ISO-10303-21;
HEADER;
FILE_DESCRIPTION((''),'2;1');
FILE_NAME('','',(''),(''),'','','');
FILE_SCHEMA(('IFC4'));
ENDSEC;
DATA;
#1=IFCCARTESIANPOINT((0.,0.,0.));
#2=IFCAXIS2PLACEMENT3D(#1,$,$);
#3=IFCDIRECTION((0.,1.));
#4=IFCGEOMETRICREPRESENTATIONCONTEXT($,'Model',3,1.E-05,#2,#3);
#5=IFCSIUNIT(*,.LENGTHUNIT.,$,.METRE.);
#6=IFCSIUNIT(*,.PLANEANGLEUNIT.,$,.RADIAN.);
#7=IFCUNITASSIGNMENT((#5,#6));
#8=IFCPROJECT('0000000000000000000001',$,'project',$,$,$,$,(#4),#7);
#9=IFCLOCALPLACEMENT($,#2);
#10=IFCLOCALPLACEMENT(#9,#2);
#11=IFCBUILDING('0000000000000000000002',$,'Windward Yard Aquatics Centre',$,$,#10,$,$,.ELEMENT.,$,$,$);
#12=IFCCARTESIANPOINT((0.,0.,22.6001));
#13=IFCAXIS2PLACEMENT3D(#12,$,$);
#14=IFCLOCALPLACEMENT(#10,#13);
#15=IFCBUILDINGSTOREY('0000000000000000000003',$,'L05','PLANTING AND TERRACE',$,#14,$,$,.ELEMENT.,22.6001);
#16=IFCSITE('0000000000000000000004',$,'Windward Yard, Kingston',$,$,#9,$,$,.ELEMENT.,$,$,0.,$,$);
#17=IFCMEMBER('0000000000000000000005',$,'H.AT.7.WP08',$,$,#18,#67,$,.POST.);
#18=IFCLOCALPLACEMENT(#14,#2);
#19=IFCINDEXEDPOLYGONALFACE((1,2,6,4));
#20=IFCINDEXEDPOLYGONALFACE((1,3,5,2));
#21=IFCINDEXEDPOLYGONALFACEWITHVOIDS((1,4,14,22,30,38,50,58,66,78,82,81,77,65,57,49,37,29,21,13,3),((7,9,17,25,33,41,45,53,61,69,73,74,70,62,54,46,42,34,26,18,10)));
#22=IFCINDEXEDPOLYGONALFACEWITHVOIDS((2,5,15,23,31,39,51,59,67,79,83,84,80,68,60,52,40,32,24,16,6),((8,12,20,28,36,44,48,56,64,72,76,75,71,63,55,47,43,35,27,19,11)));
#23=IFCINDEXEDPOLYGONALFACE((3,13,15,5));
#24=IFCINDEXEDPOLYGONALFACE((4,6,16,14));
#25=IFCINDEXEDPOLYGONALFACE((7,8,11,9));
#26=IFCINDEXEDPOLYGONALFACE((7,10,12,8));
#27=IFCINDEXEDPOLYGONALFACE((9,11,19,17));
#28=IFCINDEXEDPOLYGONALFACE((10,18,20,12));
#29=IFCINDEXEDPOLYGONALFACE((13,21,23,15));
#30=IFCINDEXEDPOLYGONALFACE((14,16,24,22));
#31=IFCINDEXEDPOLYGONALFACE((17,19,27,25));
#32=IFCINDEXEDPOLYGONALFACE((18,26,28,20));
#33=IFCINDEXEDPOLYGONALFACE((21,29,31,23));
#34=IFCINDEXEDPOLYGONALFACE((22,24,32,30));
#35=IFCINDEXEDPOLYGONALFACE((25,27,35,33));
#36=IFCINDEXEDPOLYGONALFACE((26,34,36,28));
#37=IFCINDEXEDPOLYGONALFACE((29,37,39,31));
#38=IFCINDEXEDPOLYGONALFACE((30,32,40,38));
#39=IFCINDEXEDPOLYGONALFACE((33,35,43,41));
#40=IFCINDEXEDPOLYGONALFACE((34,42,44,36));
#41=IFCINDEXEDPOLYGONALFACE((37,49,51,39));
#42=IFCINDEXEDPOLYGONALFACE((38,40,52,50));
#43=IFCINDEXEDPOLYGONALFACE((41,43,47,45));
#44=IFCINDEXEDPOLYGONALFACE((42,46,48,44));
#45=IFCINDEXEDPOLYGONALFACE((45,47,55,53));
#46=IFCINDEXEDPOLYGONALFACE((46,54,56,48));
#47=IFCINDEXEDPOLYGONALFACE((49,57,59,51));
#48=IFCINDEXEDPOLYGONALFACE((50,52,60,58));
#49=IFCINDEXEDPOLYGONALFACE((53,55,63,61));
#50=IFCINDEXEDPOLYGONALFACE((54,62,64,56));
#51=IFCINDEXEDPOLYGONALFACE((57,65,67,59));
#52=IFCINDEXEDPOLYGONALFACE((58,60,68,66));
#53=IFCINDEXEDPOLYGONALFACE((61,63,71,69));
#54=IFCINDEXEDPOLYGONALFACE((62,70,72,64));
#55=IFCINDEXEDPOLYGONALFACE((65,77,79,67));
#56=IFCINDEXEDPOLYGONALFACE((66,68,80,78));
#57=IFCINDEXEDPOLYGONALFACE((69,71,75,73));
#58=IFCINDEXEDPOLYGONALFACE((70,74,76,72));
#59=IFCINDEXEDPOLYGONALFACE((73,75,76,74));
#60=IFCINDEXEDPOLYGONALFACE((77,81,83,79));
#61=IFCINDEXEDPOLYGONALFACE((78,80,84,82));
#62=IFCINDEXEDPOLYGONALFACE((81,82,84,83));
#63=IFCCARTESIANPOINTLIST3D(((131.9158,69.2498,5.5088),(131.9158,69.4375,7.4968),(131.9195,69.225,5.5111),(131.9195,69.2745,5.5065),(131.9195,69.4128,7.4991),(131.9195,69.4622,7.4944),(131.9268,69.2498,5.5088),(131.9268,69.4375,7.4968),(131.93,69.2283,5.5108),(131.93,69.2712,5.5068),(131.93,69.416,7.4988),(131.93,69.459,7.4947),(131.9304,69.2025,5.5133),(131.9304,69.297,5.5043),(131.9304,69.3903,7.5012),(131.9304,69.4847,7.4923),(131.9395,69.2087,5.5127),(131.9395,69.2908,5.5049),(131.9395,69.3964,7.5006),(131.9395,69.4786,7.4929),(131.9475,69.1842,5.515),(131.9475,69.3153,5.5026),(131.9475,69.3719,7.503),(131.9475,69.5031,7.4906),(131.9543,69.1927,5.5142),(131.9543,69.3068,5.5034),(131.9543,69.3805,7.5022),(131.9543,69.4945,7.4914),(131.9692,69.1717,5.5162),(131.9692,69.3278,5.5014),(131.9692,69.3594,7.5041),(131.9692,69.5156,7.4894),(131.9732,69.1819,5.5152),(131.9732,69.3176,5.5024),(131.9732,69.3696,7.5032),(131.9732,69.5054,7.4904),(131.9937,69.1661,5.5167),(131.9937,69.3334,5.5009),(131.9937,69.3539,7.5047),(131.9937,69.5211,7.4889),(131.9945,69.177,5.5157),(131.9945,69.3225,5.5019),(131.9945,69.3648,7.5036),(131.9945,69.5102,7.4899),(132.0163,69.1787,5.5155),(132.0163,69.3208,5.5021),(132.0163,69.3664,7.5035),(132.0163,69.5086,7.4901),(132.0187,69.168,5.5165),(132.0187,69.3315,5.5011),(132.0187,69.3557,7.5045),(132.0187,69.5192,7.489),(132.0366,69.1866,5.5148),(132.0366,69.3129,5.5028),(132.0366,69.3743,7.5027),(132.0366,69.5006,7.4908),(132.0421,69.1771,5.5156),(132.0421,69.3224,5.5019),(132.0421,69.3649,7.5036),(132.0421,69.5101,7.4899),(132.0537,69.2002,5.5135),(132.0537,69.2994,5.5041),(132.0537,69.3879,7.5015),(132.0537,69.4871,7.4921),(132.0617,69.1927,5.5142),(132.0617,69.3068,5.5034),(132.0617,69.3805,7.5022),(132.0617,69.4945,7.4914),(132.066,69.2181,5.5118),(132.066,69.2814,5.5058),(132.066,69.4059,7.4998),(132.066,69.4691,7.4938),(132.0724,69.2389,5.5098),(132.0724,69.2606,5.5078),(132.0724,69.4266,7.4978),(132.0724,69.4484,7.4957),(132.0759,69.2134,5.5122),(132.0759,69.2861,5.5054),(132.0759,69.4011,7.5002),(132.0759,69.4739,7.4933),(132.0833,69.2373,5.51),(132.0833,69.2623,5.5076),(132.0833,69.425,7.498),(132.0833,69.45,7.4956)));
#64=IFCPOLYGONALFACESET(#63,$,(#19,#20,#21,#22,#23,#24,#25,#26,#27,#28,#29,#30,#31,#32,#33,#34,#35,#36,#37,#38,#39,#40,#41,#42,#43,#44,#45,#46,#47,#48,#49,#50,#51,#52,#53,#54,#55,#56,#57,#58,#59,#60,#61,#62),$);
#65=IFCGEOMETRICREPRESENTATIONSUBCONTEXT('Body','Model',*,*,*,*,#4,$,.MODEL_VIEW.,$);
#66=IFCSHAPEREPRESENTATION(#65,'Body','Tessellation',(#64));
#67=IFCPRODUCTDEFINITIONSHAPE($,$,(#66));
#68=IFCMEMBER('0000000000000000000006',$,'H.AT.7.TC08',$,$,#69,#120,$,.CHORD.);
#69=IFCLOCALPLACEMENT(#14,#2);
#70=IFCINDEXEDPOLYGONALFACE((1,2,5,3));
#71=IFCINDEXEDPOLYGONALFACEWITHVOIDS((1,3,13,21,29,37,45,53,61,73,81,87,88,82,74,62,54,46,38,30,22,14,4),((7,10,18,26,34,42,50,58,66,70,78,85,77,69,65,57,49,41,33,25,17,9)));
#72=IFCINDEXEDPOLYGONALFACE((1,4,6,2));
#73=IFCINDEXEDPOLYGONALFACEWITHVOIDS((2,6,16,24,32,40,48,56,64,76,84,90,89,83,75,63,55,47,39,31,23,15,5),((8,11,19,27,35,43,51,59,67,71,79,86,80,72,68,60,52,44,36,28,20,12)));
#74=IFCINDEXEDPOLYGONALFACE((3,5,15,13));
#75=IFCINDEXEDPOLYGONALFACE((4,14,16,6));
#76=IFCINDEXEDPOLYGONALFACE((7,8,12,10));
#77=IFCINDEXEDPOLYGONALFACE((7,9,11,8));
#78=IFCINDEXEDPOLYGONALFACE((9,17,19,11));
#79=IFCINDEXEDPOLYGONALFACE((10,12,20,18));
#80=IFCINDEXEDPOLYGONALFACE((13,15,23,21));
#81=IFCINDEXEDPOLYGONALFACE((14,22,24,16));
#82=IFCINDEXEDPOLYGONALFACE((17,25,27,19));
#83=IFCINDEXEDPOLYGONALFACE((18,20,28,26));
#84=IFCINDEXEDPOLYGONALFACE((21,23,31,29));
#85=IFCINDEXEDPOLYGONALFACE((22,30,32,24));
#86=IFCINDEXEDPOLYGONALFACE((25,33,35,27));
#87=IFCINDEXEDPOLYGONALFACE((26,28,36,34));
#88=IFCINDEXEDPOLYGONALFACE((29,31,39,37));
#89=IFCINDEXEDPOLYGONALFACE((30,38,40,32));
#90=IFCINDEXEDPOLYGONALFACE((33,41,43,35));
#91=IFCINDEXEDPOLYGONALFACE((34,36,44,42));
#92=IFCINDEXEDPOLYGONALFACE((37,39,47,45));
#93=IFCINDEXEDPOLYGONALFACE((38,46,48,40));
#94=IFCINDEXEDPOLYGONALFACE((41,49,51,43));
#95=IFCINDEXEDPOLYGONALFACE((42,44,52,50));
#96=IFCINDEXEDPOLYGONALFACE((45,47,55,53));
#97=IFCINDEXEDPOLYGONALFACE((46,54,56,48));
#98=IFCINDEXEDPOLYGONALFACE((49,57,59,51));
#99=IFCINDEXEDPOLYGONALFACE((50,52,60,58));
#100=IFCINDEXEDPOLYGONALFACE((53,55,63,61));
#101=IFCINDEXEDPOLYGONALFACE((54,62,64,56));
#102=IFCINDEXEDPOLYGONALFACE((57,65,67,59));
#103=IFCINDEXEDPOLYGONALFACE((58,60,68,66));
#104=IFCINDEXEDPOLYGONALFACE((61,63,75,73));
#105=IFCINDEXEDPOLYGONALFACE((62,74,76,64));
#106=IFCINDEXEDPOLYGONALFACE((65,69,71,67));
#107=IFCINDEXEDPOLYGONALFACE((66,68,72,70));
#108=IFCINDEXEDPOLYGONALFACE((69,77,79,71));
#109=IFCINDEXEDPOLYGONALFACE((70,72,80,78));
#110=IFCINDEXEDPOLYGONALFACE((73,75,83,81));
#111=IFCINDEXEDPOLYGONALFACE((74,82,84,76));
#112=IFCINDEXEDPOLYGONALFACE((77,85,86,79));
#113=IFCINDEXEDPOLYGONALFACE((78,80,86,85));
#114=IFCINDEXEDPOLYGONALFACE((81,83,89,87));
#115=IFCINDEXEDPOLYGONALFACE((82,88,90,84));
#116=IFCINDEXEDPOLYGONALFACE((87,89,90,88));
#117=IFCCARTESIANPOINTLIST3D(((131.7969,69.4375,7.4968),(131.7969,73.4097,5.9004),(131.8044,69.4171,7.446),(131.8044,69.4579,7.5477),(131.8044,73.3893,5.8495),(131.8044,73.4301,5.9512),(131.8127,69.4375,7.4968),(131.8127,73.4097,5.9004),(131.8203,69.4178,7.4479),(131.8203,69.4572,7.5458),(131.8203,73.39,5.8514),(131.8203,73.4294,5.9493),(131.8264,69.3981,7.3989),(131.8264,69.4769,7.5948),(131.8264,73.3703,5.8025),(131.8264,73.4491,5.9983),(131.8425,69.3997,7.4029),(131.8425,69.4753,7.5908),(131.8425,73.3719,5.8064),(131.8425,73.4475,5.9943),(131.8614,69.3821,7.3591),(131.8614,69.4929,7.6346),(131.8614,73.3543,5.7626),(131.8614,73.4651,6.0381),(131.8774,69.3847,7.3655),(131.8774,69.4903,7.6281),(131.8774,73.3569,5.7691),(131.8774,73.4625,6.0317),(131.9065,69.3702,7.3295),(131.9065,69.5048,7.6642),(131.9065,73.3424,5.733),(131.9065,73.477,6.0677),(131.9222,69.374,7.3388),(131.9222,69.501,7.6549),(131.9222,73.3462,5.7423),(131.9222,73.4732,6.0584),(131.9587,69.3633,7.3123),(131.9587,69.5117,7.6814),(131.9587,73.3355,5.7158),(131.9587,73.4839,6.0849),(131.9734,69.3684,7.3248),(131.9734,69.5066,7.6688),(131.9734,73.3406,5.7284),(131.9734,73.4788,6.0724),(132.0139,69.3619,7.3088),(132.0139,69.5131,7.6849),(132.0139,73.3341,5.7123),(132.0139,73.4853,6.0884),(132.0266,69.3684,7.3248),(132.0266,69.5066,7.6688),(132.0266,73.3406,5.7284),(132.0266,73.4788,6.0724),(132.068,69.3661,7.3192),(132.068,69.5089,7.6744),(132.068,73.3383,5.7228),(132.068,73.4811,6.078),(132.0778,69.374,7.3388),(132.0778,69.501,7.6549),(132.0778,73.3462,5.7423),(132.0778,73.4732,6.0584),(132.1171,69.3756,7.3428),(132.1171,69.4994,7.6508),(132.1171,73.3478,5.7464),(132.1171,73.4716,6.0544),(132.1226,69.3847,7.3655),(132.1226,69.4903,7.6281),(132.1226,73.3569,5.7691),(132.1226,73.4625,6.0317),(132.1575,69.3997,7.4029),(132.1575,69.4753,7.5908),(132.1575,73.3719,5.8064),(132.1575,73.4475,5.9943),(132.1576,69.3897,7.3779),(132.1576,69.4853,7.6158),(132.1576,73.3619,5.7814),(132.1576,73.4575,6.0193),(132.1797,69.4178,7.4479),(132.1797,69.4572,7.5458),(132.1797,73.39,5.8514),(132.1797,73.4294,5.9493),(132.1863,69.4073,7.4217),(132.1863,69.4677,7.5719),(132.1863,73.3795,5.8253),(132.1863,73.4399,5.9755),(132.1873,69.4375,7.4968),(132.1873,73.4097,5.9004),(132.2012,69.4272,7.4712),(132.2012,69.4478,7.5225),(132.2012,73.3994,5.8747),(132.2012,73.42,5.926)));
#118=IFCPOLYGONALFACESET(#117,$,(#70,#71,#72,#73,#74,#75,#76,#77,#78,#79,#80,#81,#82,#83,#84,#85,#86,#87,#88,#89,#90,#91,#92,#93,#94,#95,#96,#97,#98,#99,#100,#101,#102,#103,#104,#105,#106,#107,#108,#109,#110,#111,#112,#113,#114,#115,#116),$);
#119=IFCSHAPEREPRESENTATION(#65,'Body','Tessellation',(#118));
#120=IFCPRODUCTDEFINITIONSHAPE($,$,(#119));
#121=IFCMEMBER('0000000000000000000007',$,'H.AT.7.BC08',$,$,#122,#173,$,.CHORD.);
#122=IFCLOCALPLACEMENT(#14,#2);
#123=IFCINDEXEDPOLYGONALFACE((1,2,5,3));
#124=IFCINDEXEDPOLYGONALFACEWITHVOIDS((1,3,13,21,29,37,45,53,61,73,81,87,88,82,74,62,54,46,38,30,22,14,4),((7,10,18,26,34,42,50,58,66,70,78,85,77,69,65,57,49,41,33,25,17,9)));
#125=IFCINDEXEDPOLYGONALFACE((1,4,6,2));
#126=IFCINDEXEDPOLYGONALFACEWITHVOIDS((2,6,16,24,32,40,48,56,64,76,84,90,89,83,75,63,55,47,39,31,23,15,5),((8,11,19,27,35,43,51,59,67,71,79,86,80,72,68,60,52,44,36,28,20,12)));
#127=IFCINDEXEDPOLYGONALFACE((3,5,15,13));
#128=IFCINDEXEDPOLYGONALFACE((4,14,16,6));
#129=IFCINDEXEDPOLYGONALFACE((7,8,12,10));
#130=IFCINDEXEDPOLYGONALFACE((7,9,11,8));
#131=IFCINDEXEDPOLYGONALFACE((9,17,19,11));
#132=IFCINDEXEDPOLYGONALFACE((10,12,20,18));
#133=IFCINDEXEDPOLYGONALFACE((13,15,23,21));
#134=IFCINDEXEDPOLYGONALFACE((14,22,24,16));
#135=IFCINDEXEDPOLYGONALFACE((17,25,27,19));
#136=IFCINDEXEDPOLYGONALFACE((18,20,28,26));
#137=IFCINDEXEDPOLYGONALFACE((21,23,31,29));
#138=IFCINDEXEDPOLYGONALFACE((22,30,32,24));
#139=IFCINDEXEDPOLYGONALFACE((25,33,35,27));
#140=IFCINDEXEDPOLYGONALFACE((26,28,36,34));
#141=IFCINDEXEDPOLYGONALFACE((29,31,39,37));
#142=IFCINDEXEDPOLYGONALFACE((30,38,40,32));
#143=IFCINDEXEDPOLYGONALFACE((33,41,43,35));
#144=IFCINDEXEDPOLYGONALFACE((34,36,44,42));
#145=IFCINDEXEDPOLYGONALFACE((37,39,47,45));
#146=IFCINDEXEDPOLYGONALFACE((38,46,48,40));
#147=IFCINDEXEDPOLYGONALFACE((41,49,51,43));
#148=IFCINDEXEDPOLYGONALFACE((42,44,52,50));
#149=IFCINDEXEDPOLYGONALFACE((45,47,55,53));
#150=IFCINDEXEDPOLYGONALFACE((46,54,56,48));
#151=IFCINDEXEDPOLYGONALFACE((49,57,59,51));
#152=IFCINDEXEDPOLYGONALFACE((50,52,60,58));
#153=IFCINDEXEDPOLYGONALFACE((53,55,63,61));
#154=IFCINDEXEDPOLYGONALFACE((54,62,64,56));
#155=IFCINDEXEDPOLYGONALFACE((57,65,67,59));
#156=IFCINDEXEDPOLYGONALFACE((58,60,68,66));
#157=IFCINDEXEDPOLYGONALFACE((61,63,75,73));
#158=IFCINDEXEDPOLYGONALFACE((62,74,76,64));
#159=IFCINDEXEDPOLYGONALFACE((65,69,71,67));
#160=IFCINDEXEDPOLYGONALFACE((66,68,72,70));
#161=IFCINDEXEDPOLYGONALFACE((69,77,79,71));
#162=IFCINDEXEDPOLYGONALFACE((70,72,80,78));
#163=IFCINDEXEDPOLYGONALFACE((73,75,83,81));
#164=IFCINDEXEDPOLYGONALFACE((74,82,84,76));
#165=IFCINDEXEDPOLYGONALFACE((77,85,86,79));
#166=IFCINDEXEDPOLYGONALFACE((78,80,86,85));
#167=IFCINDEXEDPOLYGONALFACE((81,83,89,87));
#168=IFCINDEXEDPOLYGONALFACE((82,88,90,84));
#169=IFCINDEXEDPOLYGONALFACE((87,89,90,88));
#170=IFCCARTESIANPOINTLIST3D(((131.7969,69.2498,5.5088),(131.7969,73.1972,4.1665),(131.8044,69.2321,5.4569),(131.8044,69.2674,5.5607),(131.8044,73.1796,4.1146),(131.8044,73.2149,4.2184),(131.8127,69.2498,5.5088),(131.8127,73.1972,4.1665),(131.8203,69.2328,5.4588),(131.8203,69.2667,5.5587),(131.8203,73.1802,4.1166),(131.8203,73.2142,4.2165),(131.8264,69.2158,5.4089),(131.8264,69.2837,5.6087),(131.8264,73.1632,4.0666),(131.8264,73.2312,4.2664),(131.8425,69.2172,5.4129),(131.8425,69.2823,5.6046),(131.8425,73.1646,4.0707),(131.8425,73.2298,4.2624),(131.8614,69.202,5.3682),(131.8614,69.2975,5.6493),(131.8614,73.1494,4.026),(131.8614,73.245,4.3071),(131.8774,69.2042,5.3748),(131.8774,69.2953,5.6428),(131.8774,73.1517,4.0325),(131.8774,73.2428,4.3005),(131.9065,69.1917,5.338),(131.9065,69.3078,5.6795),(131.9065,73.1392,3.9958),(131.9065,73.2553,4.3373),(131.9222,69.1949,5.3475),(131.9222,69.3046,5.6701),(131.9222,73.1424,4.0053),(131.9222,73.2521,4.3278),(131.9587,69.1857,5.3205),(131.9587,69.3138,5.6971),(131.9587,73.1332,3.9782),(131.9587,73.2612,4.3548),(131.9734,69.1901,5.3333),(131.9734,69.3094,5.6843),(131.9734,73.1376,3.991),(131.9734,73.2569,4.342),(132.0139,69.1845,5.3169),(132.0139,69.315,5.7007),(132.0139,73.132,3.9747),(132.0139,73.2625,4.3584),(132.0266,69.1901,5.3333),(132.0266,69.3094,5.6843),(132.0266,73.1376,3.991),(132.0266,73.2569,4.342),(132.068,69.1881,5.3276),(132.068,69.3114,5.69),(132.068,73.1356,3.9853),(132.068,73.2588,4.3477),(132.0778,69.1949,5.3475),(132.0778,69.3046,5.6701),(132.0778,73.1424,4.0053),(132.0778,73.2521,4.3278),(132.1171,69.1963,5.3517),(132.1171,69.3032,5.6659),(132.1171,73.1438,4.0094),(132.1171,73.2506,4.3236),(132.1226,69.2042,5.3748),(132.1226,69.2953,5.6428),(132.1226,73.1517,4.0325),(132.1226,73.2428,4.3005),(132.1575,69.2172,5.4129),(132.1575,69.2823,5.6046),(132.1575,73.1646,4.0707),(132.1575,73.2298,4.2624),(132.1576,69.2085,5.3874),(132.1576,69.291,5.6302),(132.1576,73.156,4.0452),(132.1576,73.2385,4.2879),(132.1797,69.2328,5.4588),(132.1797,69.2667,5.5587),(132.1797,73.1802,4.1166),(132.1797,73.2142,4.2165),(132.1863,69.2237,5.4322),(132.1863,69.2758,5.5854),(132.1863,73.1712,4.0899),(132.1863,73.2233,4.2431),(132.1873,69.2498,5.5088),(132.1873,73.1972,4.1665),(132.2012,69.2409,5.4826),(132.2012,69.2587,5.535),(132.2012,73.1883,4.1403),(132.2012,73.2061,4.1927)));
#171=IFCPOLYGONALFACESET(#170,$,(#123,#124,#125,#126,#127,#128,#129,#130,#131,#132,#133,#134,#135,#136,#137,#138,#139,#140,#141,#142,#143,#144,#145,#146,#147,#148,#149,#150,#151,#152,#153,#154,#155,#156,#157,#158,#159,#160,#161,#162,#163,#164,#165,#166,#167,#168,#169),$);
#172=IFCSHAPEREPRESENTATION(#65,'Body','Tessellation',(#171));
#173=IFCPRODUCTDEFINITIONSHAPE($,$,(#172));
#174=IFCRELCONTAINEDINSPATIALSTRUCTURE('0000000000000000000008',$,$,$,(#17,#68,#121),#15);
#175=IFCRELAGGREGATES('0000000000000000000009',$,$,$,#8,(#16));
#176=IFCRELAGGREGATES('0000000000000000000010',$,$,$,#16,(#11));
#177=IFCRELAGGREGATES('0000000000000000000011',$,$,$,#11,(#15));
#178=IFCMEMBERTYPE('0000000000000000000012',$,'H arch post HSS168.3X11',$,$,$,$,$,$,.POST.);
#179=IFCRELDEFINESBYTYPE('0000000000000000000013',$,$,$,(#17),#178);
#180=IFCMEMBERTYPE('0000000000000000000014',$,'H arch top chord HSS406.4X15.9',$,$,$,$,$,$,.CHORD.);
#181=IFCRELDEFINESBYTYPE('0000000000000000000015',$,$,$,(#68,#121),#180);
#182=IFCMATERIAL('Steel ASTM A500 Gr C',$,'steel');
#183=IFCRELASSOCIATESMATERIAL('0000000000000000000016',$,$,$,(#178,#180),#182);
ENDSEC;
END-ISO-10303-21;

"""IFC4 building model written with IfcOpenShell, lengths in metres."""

from ifc_helpers import new_model, si_unit, direction, frame, origin, origin_2d, place, context, subcontext, project, spatial, hollow_circle, extrude, material, material_profile, profile_set, type_object, element, save


model = new_model("IFC4")

# Units and contexts
model_context = context("Model", 3, precision=1e-05, world=origin(), true_north=direction((0.0, 1.0)))
body_context = subcontext(model_context, "Body", "Model", "MODEL_VIEW")
ifc_project = project(units=[si_unit("LENGTHUNIT", "METRE"), si_unit("PLANEANGLEUNIT", "RADIAN")], contexts=[model_context])

# Site, building, storey
site_placement = place(None, origin())
site = spatial("IfcSite", under=ifc_project, at=site_placement, Name="Windward Yard, Kingston", CompositionType="ELEMENT", RefElevation=0.0)
building_placement = place(site_placement, origin())
building = spatial("IfcBuilding", under=site, at=building_placement, Name="Windward Yard Aquatics Centre", CompositionType="ELEMENT")
storey_placement = place(building_placement, frame((0.0, 0.0, 22.6001)))
storey = spatial("IfcBuildingStorey", under=building, at=storey_placement, Name="L05", Description="PLANTING AND TERRACE", CompositionType="ELEMENT", Elevation=22.6001)

# Members
ifc_material_1 = material(Name="Steel ASTM A500 Gr C", Category="steel")
ifc_material_profile_1 = material_profile(ifc_material_1, hollow_circle(Radius=0.0842, WallThickness=0.011, at=origin_2d()), Name="HSS168.3X11")
ifc_profile_set_1 = profile_set([ifc_material_profile_1], Name="Steel ASTM A500 Gr C")
member_type_1 = type_object("IfcMemberType", Name="H arch post HSS168.3X11", PredefinedType="POST", material=ifc_profile_set_1)
member_1_placement = place(storey_placement, frame((132.0, 69.2498, 5.5088), z_axis=(0.0, 0.094019, 0.99557), x_axis=(-1.0, 0.0, 0.0)))
element("IfcMember", 1, at=member_1_placement, inside=storey, type_object=member_type_1, Name="H.AT.7.WP08", PredefinedType="POST", context=body_context, shape_type="SweptSolid", body=[
    extrude(hollow_circle(Radius=0.0842, WallThickness=0.011, at=origin_2d()), origin(), (0.0, 0.0, 1.0), 1.9968),
])
ifc_material_profile_2 = material_profile(ifc_material_1, hollow_circle(Radius=0.2031, WallThickness=0.0159, at=origin_2d()), Name="HSS406.4X15.9")
ifc_profile_set_2 = profile_set([ifc_material_profile_2], Name="Steel ASTM A500 Gr C")
member_type_2 = type_object("IfcMemberType", Name="H arch top chord HSS406.4X15.9", PredefinedType="CHORD", material=ifc_profile_set_2)
member_2_placement = place(storey_placement, frame((132.0, 69.4375, 7.4968), z_axis=(0.0, 0.927866, -0.372914), x_axis=(-1.0, 0.0, 0.0)))
element("IfcMember", 2, at=member_2_placement, inside=storey, type_object=member_type_2, Name="H.AT.7.TC08", PredefinedType="CHORD", context=body_context, shape_type="SweptSolid", body=[
    extrude(hollow_circle(Radius=0.2031, WallThickness=0.0159, at=origin_2d()), origin(), (0.0, 0.0, 1.0), 4.281),
])
member_3_placement = place(storey_placement, frame((132.0, 69.2498, 5.5088), z_axis=(0.0, 0.946763, -0.321931), x_axis=(-1.0, 0.0, 0.0)))
element("IfcMember", 3, at=member_3_placement, inside=storey, type_object=member_type_2, Name="H.AT.7.BC08", PredefinedType="CHORD", context=body_context, shape_type="SweptSolid", body=[
    extrude(hollow_circle(Radius=0.2031, WallThickness=0.0159, at=origin_2d()), origin(), (0.0, 0.0, 1.0), 4.1694),
])

save(model, "model.ifc")
